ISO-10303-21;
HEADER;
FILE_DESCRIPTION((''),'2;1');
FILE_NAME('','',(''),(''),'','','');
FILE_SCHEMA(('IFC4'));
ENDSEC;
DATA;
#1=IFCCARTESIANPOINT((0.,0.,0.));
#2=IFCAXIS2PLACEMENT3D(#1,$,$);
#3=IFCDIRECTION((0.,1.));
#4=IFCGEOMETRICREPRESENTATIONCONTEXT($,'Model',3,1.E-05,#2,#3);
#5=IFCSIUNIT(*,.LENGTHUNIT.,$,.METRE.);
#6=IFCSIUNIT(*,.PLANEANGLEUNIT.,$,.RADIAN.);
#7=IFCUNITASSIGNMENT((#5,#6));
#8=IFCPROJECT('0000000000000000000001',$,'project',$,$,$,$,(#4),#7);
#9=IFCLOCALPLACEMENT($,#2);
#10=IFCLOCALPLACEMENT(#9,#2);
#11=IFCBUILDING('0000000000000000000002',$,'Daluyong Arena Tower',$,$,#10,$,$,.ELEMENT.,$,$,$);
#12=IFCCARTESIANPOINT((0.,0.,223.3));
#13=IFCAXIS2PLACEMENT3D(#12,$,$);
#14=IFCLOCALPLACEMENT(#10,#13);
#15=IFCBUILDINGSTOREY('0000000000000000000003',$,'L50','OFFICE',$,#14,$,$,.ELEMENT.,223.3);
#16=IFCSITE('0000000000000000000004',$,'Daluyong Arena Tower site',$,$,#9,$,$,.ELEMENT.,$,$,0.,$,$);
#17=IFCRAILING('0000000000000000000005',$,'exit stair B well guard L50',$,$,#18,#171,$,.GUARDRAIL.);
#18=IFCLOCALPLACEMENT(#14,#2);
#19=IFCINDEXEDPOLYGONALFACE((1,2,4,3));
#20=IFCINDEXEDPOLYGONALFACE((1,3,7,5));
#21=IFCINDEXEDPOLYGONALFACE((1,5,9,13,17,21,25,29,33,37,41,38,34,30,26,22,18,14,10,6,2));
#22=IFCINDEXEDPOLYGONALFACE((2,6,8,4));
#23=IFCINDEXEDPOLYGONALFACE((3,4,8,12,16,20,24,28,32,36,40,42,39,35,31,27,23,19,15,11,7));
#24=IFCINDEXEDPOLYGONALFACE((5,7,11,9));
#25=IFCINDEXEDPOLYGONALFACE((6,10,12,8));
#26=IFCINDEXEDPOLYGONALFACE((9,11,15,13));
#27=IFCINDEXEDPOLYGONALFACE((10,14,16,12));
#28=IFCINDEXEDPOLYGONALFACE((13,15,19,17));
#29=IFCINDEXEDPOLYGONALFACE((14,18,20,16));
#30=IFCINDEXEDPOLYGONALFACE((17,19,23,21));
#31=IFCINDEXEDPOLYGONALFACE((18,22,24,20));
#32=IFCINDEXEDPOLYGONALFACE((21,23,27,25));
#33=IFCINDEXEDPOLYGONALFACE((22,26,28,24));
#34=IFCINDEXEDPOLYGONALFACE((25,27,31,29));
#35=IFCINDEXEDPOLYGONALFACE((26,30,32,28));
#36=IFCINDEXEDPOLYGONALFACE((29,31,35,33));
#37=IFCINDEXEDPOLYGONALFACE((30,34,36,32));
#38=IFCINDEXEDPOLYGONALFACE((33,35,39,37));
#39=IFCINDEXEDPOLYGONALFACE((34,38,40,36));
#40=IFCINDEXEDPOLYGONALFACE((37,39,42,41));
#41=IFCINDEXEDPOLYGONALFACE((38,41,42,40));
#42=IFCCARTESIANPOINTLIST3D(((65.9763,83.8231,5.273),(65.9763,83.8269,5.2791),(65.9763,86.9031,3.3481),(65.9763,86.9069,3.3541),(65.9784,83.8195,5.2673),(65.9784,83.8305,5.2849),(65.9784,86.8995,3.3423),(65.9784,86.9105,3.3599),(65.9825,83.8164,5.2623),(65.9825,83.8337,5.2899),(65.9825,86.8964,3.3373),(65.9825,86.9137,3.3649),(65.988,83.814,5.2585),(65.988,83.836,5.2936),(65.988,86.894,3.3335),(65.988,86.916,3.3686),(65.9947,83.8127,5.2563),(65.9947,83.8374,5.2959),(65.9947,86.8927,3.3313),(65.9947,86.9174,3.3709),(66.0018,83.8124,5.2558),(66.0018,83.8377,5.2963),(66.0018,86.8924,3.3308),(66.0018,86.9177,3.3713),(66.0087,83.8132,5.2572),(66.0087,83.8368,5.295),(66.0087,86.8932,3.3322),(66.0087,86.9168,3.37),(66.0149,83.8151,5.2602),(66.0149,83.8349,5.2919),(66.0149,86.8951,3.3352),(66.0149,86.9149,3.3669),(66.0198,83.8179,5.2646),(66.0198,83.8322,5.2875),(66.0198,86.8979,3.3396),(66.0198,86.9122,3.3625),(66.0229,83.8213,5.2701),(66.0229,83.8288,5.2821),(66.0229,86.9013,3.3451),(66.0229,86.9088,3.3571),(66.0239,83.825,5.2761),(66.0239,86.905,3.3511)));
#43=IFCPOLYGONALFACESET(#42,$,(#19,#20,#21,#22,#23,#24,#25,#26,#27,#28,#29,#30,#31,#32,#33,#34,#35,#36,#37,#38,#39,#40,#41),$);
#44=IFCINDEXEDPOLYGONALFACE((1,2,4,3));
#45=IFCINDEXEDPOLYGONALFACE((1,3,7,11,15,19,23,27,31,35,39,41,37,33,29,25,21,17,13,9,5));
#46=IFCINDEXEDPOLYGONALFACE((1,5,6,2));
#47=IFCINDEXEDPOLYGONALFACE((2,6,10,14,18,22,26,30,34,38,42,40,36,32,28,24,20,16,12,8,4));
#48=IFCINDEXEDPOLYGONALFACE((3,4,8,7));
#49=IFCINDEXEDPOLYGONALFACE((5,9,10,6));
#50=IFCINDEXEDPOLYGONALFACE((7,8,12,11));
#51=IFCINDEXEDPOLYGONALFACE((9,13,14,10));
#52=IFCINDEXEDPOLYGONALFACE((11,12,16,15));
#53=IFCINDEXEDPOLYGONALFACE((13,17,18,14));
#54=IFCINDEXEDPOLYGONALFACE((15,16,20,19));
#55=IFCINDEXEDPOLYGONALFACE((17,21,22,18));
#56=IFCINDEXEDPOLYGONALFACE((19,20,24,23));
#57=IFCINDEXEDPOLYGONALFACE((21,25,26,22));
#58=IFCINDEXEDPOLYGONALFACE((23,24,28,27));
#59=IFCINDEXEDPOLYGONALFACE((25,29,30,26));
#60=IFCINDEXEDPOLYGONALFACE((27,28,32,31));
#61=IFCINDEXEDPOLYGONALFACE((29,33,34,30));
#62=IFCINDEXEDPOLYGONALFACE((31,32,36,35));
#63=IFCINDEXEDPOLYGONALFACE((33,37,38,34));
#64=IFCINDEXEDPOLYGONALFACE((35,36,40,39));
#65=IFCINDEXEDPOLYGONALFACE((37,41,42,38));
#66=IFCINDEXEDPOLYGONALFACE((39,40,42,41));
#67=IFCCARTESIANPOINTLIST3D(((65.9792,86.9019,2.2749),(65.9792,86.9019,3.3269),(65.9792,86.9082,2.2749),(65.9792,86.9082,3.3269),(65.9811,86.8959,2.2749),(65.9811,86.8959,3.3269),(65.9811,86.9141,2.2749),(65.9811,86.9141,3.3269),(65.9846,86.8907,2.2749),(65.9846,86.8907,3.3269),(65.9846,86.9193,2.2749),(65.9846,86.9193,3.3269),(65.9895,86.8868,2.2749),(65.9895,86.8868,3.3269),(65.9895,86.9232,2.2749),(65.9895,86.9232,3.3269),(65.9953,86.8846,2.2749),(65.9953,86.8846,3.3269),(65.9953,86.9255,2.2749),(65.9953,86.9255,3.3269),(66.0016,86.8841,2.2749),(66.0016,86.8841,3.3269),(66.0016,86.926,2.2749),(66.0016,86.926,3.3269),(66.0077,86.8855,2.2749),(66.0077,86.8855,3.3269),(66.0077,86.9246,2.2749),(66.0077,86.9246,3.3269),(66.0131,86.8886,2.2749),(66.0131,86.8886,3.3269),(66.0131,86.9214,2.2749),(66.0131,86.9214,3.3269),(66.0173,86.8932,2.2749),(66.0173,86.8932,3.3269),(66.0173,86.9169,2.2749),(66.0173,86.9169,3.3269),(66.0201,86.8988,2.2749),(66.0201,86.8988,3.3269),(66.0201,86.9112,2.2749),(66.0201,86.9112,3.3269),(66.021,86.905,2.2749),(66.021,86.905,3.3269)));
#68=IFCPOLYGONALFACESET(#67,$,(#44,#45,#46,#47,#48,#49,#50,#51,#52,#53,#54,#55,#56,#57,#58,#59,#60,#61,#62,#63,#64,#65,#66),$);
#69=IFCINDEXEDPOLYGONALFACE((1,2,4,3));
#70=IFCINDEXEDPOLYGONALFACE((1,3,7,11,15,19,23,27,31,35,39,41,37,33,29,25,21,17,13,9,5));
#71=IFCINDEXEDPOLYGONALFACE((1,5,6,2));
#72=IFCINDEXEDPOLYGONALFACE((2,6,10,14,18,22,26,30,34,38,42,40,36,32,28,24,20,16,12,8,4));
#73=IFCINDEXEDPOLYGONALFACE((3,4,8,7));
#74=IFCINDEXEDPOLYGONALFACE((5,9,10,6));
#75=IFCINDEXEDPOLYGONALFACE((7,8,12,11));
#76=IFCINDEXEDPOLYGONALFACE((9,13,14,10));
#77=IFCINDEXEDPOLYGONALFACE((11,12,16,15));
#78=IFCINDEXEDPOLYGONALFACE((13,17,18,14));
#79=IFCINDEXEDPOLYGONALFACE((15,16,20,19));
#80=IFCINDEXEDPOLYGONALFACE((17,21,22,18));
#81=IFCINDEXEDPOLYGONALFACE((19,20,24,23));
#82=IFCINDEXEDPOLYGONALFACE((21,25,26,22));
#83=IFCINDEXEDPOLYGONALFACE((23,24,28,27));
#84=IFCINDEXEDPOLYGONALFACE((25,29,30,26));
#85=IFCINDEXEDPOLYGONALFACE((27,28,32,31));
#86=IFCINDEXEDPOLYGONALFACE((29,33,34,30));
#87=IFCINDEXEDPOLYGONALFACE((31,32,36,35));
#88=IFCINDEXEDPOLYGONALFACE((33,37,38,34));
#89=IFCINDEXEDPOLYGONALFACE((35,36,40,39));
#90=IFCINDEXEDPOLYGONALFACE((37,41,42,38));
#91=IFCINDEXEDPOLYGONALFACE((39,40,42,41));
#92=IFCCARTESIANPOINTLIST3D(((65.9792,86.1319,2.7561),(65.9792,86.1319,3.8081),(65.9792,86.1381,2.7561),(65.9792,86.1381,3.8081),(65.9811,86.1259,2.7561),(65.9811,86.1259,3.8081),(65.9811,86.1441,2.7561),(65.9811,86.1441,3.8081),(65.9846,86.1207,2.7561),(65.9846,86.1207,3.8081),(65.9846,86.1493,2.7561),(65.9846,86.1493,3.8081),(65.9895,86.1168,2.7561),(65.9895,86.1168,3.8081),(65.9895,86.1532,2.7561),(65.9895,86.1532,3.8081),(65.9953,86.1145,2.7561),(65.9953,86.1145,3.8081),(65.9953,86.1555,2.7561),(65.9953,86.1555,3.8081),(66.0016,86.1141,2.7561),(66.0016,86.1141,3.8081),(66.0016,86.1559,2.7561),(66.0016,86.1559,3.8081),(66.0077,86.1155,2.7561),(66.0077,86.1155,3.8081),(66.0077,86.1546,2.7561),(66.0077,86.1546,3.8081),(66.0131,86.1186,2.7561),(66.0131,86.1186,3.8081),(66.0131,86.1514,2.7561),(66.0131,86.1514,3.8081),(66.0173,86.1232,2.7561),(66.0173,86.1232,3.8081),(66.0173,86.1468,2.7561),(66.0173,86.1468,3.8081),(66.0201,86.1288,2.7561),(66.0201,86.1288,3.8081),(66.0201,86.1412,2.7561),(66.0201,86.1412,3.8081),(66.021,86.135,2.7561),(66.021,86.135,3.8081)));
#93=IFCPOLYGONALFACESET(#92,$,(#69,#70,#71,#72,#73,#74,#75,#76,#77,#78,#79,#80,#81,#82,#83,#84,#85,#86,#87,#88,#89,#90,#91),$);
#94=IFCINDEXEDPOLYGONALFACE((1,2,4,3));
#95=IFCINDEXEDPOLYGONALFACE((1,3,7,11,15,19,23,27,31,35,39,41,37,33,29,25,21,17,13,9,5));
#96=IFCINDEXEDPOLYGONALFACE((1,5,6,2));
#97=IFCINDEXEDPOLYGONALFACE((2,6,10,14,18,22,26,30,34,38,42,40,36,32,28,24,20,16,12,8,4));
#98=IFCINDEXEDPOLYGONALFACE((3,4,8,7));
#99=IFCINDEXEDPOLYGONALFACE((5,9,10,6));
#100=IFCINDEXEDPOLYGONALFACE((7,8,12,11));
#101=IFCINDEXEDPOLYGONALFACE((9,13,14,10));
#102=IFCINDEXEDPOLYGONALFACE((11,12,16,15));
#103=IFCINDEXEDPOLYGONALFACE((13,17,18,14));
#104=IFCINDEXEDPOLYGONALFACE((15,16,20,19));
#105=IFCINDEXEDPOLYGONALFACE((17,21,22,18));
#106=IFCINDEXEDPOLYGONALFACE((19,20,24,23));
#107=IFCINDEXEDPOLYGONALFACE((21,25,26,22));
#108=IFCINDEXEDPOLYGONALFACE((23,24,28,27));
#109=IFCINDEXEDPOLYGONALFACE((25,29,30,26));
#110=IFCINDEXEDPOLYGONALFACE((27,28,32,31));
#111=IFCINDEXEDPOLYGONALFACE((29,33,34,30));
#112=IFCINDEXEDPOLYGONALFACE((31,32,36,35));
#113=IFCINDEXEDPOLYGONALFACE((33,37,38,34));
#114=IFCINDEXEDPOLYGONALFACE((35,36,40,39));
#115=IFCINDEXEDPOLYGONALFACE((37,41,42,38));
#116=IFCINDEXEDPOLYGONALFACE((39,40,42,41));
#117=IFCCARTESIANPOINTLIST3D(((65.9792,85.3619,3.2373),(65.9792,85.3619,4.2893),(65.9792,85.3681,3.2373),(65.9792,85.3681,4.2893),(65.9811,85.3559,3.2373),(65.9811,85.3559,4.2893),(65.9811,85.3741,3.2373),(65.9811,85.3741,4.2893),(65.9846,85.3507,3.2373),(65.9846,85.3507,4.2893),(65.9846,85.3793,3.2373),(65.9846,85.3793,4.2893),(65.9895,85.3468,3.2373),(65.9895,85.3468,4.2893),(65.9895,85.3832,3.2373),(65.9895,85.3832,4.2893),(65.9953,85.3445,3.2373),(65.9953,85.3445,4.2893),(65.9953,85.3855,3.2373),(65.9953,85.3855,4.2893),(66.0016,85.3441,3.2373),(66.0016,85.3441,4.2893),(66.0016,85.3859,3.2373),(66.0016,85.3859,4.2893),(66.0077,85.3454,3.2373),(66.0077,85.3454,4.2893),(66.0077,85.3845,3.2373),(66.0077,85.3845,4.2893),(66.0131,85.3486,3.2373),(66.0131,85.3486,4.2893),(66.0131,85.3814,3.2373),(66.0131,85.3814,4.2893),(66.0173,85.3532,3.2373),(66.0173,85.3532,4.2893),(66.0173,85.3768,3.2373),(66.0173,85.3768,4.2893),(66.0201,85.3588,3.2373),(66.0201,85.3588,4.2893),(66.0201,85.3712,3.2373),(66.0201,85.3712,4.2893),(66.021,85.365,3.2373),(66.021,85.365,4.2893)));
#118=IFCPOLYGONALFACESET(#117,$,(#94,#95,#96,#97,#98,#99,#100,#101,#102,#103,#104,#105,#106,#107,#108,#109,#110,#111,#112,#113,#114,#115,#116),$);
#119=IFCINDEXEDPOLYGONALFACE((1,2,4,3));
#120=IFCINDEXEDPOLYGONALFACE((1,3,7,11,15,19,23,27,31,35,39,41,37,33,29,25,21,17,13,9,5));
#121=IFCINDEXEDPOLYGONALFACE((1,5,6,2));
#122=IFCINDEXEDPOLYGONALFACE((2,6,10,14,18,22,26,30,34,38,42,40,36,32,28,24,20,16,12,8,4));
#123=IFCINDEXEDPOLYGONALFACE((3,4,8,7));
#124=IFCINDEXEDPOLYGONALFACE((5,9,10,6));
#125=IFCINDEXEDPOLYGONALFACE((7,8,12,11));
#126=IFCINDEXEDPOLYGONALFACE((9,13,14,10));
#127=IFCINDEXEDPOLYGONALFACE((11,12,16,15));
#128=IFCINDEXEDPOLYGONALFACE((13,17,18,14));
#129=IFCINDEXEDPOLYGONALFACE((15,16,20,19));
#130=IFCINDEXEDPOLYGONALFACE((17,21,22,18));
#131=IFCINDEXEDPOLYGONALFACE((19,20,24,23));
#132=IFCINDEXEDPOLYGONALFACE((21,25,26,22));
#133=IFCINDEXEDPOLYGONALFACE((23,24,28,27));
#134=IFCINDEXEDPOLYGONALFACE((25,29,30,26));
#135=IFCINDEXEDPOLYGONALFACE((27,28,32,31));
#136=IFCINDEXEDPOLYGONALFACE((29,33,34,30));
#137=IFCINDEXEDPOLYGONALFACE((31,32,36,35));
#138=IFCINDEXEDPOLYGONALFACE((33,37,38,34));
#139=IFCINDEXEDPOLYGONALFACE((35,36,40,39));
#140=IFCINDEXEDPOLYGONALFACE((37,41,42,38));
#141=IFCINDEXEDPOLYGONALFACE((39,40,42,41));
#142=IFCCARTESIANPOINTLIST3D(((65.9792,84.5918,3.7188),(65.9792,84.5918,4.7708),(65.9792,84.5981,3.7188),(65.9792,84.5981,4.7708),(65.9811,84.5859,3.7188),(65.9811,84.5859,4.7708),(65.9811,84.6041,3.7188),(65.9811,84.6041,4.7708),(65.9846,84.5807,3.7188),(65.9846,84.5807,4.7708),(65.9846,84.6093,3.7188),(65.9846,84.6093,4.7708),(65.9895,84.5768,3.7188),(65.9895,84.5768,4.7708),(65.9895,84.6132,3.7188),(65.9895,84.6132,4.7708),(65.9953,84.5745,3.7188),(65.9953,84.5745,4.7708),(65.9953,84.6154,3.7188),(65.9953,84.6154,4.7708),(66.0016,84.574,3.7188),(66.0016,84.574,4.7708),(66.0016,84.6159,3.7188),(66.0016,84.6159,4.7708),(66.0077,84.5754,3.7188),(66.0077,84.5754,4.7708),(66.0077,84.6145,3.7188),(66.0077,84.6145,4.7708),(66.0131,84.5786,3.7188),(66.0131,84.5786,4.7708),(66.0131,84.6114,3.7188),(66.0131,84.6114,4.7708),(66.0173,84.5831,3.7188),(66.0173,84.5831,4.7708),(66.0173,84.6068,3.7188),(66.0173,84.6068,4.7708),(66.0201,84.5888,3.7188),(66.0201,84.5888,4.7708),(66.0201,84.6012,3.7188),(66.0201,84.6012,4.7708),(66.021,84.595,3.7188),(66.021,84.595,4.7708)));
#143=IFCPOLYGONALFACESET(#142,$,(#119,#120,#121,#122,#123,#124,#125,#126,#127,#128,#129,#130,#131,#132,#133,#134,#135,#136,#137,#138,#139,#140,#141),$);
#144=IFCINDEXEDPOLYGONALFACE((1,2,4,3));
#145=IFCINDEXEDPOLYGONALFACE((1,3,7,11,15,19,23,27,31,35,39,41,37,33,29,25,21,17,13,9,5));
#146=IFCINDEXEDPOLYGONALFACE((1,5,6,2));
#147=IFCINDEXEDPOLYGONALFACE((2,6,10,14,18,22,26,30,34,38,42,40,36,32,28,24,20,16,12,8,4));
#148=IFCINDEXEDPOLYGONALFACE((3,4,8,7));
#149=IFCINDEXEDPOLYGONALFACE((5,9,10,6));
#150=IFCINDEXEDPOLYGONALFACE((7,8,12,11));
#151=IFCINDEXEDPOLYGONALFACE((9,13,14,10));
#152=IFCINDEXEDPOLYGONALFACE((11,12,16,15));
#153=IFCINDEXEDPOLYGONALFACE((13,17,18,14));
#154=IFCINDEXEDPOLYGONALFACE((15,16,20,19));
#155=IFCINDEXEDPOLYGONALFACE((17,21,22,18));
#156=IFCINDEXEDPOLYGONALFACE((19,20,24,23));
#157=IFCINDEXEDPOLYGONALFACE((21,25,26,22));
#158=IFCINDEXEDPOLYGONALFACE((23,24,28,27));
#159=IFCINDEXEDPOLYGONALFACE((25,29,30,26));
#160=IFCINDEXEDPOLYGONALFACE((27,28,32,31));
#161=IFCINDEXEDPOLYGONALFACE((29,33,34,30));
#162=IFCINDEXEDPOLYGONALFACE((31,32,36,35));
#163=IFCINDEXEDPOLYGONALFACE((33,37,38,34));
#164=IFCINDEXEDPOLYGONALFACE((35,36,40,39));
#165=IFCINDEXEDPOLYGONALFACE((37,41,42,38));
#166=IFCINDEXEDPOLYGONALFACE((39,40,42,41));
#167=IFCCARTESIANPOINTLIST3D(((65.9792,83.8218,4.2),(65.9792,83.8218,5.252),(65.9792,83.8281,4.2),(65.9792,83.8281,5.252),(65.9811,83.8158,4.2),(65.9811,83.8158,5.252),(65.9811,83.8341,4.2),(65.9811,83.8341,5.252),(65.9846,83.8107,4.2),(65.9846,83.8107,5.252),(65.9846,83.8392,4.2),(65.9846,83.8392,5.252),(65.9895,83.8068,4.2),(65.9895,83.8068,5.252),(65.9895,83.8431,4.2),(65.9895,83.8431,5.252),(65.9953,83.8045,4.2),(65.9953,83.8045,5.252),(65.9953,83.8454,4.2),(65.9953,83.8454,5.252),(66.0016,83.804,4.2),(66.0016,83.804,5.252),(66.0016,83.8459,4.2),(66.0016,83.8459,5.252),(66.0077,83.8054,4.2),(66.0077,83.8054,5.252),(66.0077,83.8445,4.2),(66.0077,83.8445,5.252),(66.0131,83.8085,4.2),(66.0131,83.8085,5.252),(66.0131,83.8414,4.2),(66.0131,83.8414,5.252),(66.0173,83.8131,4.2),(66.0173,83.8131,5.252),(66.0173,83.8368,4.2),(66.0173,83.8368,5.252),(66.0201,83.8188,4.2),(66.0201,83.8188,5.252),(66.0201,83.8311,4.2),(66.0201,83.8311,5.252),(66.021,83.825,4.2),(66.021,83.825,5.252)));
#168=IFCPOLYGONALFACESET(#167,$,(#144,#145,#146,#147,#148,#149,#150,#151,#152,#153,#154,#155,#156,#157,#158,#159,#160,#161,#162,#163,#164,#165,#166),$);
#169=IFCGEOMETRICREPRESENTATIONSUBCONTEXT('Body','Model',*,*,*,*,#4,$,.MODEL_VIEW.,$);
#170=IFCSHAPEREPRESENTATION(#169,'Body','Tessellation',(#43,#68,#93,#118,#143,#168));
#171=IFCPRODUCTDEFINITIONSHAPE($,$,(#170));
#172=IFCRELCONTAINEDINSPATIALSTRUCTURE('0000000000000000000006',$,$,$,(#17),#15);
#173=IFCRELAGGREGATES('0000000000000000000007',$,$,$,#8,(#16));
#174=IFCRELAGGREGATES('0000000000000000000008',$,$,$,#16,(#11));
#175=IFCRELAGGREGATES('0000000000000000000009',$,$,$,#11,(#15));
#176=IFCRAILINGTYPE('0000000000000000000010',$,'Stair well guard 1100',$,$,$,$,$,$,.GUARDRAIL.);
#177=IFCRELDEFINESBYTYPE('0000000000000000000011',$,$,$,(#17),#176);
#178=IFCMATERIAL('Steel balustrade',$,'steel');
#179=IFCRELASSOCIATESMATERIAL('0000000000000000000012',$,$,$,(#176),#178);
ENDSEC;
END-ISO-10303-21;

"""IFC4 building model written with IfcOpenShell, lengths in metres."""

from ifc_helpers import new_model, si_unit, direction, frame, origin, origin_2d, place, context, subcontext, project, spatial, circle, extrude, material, type_object, element, save


model = new_model("IFC4")

# Units and contexts
model_context = context("Model", 3, precision=1e-05, world=origin(), true_north=direction((0.0, 1.0)))
body_context = subcontext(model_context, "Body", "Model", "MODEL_VIEW")
ifc_project = project(units=[si_unit("LENGTHUNIT", "METRE"), si_unit("PLANEANGLEUNIT", "RADIAN")], contexts=[model_context])

# Site, building, storey
site_placement = place(None, origin())
site = spatial("IfcSite", under=ifc_project, at=site_placement, Name="Daluyong Arena Tower site", CompositionType="ELEMENT", RefElevation=0.0)
building_placement = place(site_placement, origin())
building = spatial("IfcBuilding", under=site, at=building_placement, Name="Daluyong Arena Tower", CompositionType="ELEMENT")
storey_placement = place(building_placement, frame((0.0, 0.0, 223.3)))
storey = spatial("IfcBuildingStorey", under=building, at=storey_placement, Name="L50", Description="OFFICE", CompositionType="ELEMENT", Elevation=223.3)

# Railing
ifc_material_1 = material(Name="Steel balustrade", Category="steel")
railing_type_1 = type_object("IfcRailingType", Name="Stair well guard 1100", PredefinedType="GUARDRAIL", material=ifc_material_1)
railing_1_placement = place(storey_placement, frame((66.0, 86.905, 2.2749)))
element("IfcRailing", 1, at=railing_1_placement, inside=storey, type_object=railing_type_1, Name="exit stair B well guard L50", PredefinedType="GUARDRAIL", context=body_context, shape_type="SweptSolid", body=[
    extrude(circle(Radius=0.0239, at=origin_2d()), frame((0.0, 0.0, 1.0762), z_axis=(0.0, -0.847998, 0.529999), x_axis=(1.0, 0.0, 0.0)), (0.0, 0.0, 1.0), 3.6321),
    extrude(circle(Radius=0.021, at=origin_2d()), origin(), (0.0, 0.0, 1.0), 1.052),
    extrude(circle(Radius=0.021, at=origin_2d()), frame((0.0, -0.77, 0.4812)), (0.0, 0.0, 1.0), 1.052),
    extrude(circle(Radius=0.021, at=origin_2d()), frame((0.0, -1.54, 0.9624)), (0.0, 0.0, 1.0), 1.052),
    extrude(circle(Radius=0.021, at=origin_2d()), frame((0.0, -2.3101, 1.4438)), (0.0, 0.0, 1.0), 1.052),
    extrude(circle(Radius=0.021, at=origin_2d()), frame((0.0, -3.0801, 1.925)), (0.0, 0.0, 1.0), 1.052),
])

save(model, "model.ifc")
